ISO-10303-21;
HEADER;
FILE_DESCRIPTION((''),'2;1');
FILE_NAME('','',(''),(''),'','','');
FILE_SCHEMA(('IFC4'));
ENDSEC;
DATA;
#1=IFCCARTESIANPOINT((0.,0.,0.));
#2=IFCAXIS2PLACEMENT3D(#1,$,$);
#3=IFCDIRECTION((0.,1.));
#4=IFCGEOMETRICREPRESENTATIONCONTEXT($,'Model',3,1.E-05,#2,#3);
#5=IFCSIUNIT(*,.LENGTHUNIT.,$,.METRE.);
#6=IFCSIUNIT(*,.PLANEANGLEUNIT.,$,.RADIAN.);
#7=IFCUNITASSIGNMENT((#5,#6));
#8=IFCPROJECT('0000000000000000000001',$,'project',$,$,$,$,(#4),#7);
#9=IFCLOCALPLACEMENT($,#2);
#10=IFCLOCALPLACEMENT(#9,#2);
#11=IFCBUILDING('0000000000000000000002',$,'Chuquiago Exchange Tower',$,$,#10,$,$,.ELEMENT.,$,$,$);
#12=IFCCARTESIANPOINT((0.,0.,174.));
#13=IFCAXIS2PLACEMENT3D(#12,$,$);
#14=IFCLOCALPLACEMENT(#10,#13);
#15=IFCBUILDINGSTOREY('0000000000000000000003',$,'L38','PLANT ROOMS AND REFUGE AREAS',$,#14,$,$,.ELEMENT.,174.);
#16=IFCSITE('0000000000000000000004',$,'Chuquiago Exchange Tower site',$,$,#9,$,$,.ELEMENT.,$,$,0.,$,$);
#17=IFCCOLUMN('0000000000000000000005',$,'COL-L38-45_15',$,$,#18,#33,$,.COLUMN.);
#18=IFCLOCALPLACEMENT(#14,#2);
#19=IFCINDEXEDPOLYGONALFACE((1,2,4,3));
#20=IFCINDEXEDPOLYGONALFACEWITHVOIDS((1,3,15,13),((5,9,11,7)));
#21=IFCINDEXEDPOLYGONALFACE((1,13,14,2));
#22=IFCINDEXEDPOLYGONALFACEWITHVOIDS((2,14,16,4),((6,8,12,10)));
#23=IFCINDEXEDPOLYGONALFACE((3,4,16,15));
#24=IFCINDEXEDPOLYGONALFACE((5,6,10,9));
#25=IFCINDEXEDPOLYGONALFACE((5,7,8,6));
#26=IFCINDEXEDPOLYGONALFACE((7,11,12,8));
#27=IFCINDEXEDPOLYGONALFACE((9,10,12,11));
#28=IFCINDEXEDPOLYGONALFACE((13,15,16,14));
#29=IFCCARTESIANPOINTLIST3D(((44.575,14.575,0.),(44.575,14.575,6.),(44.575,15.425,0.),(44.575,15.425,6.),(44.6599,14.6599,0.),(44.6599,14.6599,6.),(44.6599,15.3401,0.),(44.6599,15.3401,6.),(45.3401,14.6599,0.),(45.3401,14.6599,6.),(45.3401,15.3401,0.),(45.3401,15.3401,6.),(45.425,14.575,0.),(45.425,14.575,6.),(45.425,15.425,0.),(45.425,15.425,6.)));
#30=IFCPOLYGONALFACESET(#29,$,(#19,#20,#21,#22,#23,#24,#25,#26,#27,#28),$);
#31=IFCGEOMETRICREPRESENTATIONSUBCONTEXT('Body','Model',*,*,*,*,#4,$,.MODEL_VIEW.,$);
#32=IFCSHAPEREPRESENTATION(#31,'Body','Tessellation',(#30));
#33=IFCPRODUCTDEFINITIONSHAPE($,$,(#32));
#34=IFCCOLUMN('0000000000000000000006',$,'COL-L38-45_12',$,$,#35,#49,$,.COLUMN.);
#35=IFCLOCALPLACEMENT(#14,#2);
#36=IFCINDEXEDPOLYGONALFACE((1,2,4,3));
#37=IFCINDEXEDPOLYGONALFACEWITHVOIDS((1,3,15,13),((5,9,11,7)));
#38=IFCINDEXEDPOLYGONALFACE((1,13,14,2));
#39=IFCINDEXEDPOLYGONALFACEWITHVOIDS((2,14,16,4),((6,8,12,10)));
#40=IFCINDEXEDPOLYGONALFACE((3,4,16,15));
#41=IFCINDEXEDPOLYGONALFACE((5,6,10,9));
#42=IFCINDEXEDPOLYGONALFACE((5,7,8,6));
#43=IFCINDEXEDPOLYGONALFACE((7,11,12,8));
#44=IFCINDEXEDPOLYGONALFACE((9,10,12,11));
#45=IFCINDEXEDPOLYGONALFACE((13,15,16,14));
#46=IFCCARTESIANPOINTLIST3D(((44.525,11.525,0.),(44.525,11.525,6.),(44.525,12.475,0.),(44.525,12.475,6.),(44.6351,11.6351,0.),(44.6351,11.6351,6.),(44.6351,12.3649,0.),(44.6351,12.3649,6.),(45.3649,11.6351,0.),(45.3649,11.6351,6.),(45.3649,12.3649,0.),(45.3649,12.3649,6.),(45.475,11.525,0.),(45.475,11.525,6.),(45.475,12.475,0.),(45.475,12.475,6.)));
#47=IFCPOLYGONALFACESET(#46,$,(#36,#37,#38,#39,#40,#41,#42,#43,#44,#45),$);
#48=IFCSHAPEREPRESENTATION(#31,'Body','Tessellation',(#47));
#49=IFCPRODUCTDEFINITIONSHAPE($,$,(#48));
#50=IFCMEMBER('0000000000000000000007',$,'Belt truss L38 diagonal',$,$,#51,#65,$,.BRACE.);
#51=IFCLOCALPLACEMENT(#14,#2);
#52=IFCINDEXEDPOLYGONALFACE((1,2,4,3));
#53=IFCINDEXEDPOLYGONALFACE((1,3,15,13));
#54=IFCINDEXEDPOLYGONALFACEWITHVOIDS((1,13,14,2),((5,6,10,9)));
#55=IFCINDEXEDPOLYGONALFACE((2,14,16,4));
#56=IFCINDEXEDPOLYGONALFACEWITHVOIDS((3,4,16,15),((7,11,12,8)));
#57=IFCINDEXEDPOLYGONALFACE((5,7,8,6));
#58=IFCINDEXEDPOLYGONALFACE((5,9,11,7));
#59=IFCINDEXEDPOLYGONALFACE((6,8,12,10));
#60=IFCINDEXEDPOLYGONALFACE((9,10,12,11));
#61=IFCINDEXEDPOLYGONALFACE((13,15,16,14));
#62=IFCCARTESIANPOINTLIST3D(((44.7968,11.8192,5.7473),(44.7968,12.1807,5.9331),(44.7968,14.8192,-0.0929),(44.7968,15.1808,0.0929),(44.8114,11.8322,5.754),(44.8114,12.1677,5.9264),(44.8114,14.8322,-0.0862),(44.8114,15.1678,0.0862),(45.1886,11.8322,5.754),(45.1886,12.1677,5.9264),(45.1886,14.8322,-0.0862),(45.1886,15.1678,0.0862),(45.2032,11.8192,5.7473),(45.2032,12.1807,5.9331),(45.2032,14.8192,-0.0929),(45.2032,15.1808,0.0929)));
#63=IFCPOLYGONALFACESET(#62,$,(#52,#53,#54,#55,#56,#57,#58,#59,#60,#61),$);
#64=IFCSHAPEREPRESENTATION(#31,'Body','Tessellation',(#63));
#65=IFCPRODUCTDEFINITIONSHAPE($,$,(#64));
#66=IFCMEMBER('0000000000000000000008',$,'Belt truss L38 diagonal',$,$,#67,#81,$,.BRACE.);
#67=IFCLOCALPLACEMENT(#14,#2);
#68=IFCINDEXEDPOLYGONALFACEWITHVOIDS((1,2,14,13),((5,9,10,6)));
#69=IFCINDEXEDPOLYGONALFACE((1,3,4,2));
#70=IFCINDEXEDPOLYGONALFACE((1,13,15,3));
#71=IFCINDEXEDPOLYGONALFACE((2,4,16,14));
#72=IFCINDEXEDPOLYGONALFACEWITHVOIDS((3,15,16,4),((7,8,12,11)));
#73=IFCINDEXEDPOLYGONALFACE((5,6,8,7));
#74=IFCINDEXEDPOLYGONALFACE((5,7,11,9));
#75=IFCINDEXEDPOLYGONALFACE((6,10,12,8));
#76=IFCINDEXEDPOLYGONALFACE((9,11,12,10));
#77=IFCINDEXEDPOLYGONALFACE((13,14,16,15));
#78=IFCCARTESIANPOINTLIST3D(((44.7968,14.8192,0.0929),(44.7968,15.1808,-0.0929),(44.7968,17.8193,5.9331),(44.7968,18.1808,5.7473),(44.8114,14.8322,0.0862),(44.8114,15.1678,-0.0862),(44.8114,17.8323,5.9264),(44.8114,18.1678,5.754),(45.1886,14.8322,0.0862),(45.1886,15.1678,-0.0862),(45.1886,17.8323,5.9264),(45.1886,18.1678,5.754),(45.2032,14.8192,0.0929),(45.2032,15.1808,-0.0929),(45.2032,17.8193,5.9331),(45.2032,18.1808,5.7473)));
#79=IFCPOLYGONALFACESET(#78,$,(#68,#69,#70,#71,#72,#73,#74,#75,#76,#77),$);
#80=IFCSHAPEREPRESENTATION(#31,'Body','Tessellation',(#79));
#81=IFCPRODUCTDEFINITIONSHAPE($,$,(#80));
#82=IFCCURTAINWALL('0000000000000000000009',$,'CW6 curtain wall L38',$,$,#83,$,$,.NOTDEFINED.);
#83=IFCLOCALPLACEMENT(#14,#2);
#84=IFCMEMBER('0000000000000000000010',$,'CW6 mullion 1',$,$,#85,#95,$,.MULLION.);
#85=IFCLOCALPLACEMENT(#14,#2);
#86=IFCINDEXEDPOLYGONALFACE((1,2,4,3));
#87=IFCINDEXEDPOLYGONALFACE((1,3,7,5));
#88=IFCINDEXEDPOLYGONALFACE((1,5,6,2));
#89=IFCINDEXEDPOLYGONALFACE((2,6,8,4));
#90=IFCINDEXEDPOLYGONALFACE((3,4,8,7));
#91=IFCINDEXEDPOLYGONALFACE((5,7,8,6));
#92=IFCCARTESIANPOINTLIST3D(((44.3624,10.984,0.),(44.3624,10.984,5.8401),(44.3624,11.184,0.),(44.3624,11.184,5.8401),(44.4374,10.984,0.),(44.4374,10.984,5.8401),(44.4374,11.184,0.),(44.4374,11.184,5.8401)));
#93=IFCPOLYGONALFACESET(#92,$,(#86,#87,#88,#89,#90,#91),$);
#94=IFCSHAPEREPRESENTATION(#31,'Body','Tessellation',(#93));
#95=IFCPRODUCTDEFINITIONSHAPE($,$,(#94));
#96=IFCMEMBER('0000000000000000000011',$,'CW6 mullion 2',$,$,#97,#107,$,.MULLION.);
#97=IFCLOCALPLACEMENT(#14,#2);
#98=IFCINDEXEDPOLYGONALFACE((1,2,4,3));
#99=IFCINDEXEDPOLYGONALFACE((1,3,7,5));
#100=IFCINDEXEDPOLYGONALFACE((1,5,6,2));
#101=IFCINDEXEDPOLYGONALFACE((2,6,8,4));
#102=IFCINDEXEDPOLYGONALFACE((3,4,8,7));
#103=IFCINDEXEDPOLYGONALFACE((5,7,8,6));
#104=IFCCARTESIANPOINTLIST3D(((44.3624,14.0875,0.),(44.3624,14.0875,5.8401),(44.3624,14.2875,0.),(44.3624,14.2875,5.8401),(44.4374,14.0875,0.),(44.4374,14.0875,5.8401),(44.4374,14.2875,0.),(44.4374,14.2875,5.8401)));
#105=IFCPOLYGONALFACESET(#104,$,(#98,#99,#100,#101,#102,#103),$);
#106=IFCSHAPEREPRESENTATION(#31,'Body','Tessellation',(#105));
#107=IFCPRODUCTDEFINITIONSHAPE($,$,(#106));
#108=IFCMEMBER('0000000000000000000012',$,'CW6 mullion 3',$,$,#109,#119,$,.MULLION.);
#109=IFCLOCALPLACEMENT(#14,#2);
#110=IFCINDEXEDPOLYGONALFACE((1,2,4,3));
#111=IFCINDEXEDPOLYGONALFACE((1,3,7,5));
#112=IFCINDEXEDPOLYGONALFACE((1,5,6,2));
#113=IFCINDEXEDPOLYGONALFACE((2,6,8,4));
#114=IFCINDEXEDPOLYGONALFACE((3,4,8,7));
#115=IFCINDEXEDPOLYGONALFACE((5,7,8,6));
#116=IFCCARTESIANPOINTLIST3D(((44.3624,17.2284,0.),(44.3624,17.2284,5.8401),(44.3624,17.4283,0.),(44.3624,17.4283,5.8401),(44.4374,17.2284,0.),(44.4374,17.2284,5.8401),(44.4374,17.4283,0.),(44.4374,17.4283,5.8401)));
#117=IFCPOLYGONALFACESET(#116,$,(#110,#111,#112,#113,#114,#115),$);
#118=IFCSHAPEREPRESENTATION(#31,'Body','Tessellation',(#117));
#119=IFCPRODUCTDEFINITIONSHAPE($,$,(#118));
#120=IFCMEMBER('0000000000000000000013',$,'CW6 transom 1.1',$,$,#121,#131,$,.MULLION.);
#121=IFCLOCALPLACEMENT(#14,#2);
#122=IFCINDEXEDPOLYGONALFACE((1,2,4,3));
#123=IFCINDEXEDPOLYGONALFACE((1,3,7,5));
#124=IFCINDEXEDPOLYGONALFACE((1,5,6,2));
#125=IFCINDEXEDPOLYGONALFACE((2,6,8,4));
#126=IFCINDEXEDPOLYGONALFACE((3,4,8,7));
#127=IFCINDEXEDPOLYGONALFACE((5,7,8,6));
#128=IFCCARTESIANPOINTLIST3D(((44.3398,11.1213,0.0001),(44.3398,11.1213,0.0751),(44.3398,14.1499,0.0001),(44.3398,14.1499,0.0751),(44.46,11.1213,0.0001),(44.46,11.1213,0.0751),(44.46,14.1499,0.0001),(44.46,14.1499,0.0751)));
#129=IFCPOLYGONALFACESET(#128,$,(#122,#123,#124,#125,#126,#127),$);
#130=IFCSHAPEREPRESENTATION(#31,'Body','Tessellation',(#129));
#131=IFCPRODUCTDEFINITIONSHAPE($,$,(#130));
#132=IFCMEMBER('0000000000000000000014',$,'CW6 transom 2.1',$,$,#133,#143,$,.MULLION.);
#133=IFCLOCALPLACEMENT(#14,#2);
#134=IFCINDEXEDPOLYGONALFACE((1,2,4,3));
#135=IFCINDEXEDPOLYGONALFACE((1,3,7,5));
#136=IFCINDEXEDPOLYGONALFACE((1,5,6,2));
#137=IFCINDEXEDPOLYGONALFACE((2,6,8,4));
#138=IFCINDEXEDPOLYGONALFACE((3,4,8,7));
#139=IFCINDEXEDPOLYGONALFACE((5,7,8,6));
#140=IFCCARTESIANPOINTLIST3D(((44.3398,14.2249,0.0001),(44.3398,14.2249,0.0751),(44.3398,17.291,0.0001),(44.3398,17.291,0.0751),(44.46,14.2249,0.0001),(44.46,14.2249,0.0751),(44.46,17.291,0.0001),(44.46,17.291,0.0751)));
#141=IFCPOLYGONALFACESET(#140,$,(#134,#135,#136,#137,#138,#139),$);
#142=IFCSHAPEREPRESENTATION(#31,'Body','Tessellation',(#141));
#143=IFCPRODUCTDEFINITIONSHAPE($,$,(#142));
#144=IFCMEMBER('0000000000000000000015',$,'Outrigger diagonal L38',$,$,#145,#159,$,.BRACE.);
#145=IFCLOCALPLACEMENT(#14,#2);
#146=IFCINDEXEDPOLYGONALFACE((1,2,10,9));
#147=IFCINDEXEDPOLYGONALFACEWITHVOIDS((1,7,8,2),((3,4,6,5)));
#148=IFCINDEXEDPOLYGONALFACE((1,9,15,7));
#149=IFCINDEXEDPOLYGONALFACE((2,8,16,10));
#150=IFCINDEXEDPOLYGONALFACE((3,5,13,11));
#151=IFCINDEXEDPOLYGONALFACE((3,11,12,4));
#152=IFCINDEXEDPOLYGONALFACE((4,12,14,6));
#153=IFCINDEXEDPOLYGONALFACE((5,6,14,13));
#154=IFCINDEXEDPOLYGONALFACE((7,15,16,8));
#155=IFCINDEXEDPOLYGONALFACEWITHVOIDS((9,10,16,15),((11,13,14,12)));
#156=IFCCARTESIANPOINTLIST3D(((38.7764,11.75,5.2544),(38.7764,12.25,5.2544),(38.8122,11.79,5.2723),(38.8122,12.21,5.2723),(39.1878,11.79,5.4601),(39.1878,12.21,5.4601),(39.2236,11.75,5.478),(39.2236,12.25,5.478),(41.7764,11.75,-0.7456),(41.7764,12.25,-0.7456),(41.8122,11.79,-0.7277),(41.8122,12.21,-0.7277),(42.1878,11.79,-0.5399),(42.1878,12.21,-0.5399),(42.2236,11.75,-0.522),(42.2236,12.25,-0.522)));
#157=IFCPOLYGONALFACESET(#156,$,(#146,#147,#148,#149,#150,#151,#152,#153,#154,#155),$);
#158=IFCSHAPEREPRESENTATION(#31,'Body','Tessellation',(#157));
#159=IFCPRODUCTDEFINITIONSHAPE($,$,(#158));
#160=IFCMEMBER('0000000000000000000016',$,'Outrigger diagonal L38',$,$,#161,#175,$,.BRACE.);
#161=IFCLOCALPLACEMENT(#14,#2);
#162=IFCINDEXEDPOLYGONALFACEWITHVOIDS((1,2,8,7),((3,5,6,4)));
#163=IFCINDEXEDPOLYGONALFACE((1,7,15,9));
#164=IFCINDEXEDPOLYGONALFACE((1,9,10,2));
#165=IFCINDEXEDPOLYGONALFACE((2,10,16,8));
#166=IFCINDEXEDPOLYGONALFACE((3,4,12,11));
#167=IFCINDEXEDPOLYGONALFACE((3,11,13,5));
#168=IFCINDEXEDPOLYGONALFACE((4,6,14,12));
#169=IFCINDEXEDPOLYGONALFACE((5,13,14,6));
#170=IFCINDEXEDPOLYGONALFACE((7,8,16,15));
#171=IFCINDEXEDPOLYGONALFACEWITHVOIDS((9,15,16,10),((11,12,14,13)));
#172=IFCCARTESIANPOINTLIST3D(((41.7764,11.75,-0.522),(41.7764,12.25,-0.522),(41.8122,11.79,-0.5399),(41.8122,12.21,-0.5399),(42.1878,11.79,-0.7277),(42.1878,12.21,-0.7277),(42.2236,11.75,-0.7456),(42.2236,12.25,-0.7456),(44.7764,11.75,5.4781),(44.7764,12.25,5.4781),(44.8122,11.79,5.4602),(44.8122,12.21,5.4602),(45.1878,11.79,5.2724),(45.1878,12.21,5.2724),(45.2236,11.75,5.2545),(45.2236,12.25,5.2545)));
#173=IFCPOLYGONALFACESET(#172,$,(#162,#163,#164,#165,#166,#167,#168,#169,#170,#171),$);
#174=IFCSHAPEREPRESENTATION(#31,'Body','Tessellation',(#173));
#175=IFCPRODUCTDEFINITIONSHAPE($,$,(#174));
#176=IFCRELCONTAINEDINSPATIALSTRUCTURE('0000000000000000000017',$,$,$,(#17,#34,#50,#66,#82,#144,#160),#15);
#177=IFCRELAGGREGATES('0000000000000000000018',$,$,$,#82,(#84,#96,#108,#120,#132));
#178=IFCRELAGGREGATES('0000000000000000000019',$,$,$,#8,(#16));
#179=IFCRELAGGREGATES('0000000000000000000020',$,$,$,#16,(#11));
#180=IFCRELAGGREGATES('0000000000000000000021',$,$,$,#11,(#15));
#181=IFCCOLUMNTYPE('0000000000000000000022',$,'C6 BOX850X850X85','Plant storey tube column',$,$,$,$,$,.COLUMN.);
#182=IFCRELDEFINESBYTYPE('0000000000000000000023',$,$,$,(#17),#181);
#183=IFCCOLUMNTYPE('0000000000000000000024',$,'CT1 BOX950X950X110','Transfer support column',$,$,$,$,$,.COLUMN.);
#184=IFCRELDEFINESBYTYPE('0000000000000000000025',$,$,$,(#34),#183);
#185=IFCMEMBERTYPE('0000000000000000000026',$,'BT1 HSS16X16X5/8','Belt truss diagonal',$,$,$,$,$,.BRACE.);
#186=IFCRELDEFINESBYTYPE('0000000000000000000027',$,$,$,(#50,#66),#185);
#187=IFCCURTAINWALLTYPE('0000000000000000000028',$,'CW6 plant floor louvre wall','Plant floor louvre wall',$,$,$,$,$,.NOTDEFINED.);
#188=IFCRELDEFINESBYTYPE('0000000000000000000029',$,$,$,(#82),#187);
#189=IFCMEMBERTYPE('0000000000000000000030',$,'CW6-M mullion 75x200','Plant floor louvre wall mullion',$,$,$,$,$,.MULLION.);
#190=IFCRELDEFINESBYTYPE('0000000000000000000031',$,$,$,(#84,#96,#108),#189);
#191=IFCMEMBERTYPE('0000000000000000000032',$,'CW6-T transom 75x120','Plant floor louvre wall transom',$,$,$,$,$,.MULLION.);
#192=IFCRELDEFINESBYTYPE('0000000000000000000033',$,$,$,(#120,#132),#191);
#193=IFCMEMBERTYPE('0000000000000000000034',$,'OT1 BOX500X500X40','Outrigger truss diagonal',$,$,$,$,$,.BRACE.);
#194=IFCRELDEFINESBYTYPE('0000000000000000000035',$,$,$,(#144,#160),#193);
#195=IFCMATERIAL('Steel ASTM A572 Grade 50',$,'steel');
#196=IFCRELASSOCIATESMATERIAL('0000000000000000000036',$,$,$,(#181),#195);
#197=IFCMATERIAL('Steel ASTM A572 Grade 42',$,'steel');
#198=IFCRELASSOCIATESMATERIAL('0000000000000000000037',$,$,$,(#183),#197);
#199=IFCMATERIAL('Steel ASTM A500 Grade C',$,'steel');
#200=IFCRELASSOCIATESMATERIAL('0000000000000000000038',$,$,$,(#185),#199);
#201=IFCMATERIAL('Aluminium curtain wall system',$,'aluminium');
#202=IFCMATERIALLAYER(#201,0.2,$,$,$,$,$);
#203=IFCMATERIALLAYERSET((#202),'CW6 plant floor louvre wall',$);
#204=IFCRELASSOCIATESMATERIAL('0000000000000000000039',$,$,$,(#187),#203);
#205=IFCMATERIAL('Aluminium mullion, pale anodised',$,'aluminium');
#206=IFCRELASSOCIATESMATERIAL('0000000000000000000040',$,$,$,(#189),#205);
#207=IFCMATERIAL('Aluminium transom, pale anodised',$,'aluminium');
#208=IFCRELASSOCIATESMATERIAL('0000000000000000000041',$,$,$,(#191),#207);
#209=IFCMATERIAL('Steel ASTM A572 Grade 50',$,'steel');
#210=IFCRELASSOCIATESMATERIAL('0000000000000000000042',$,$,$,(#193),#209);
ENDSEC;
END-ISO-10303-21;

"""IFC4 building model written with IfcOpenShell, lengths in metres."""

from ifc_helpers import new_model, si_unit, direction, frame, origin, origin_2d, place, context, subcontext, project, spatial, rectangle, hollow_rectangle, extrude, material, layer, layer_set, material_profile, profile_set, type_object, element, aggregate, save


model = new_model("IFC4")

# Units and contexts
model_context = context("Model", 3, precision=1e-05, world=origin(), true_north=direction((0.0, 1.0)))
body_context = subcontext(model_context, "Body", "Model", "MODEL_VIEW")
ifc_project = project(units=[si_unit("LENGTHUNIT", "METRE"), si_unit("PLANEANGLEUNIT", "RADIAN")], contexts=[model_context])

# Site, building, storey
site_placement = place(None, origin())
site = spatial("IfcSite", under=ifc_project, at=site_placement, Name="Chuquiago Exchange Tower site", CompositionType="ELEMENT", RefElevation=0.0)
building_placement = place(site_placement, origin())
building = spatial("IfcBuilding", under=site, at=building_placement, Name="Chuquiago Exchange Tower", CompositionType="ELEMENT")
storey_placement = place(building_placement, frame((0.0, 0.0, 174.0)))
storey = spatial("IfcBuildingStorey", under=building, at=storey_placement, Name="L38", Description="PLANT ROOMS AND REFUGE AREAS", CompositionType="ELEMENT", Elevation=174.0)

# Columns
ifc_material_1 = material(Name="Steel ASTM A572 Grade 50", Category="steel")
ifc_material_profile_1 = material_profile(ifc_material_1, hollow_rectangle(XDim=0.8501, YDim=0.8501, WallThickness=0.085, at=origin_2d()), Name="BOX850X850X85")
ifc_profile_set_1 = profile_set([ifc_material_profile_1], Name="Steel ASTM A572 Grade 50")
column_type_1 = type_object("IfcColumnType", Name="C6 BOX850X850X85", Description="Plant storey tube column", PredefinedType="COLUMN", material=ifc_profile_set_1)
column_1_placement = place(storey_placement, frame((45.0, 15.0, 0.0), z_axis=(0.0, 0.0, 1.0), x_axis=(1.0, 0.0, 0.0)))
element("IfcColumn", 1, at=column_1_placement, inside=storey, type_object=column_type_1, Name="COL-L38-45_15", PredefinedType="COLUMN", context=body_context, shape_type="SweptSolid", body=[
    extrude(hollow_rectangle(XDim=0.8501, YDim=0.8501, WallThickness=0.085, at=origin_2d()), origin(), (0.0, 0.0, 1.0), 6.0),
])
ifc_material_2 = material(Name="Steel ASTM A572 Grade 42", Category="steel")
ifc_material_profile_2 = material_profile(ifc_material_2, hollow_rectangle(XDim=0.95, YDim=0.95, WallThickness=0.1101, at=origin_2d()), Name="BOX950X950X110")
ifc_profile_set_2 = profile_set([ifc_material_profile_2], Name="Steel ASTM A572 Grade 42")
column_type_2 = type_object("IfcColumnType", Name="CT1 BOX950X950X110", Description="Transfer support column", PredefinedType="COLUMN", material=ifc_profile_set_2)
column_2_placement = place(storey_placement, frame((45.0, 12.0, 0.0), z_axis=(0.0, 0.0, 1.0), x_axis=(1.0, 0.0, 0.0)))
element("IfcColumn", 2, at=column_2_placement, inside=storey, type_object=column_type_2, Name="COL-L38-45_12", PredefinedType="COLUMN", context=body_context, shape_type="SweptSolid", body=[
    extrude(hollow_rectangle(XDim=0.95, YDim=0.95, WallThickness=0.1101, at=origin_2d()), origin(), (0.0, 0.0, 1.0), 6.0),
])

# Members
ifc_material_3 = material(Name="Steel ASTM A500 Grade C", Category="steel")
ifc_material_profile_3 = material_profile(ifc_material_3, hollow_rectangle(XDim=0.4065, YDim=0.4065, WallThickness=0.0146, at=origin_2d()), Name="HSS16X16X5/8")
ifc_profile_set_3 = profile_set([ifc_material_profile_3], Name="Steel ASTM A500 Grade C")
member_type_1 = type_object("IfcMemberType", Name="BT1 HSS16X16X5/8", Description="Belt truss diagonal", PredefinedType="BRACE", material=ifc_profile_set_3)
for number, where, z_axis, x_axis, name in (
    (3, (45.0, 15.0, 0.0), (0.0, -0.45693, 0.889503), (1.0, 0.0, 0.0), "Belt truss L38 diagonal"),
    (4, (45.0, 15.0, 0.0), (0.0, 0.45693, 0.889503), (-1.0, 0.0, 0.0), "Belt truss L38 diagonal"),
):
    element("IfcMember", number, at=place(storey_placement, frame(where, z_axis=z_axis, x_axis=x_axis)), inside=storey, type_object=member_type_1, Name=name, PredefinedType="BRACE", context=body_context, shape_type="SweptSolid", body=[
        extrude(hollow_rectangle(XDim=0.4065, YDim=0.4065, WallThickness=0.0146, at=origin_2d()), origin(), (0.0, 0.0, 1.0), 6.5657),
    ])

# Curtain wall, members
ifc_material_4 = material(Name="Aluminium curtain wall system", Category="aluminium")
ifc_layer_1 = layer(ifc_material_4, 0.2)
ifc_layer_set_1 = layer_set([ifc_layer_1], Name="CW6 plant floor louvre wall")
curtain_wall_type = type_object("IfcCurtainWallType", Name="CW6 plant floor louvre wall", Description="Plant floor louvre wall", PredefinedType="NOTDEFINED", material=ifc_layer_set_1)
curtain_wall_placement = place(storey_placement, origin())
curtain_wall = element("IfcCurtainWall", 5, at=curtain_wall_placement, inside=storey, type_object=curtain_wall_type, Name="CW6 curtain wall L38", PredefinedType="NOTDEFINED")
ifc_material_5 = material(Name="Aluminium mullion, pale anodised", Category="aluminium")
ifc_material_profile_4 = material_profile(ifc_material_5, rectangle(XDim=0.075, YDim=0.2, at=origin_2d()), Name="AL 75x200")
ifc_profile_set_4 = profile_set([ifc_material_profile_4], Name="Aluminium mullion, pale anodised")
member_type_2 = type_object("IfcMemberType", Name="CW6-M mullion 75x200", Description="Plant floor louvre wall mullion", PredefinedType="MULLION", material=ifc_profile_set_4)
member_1_placement = place(storey_placement, frame((44.3999, 11.084, 0.0), z_axis=(0.0, 0.0, 1.0), x_axis=(-1.0, 0.0, 0.0)))
member_1 = element("IfcMember", 6, at=member_1_placement, type_object=member_type_2, Name="CW6 mullion 1", PredefinedType="MULLION", context=body_context, shape_type="SweptSolid", body=[
    extrude(rectangle(XDim=0.075, YDim=0.2, at=origin_2d()), origin(), (0.0, 0.0, 1.0), 5.8401),
])
member_2_placement = place(storey_placement, frame((44.3999, 14.1875, 0.0), z_axis=(0.0, 0.0, 1.0), x_axis=(-1.0, 0.0, 0.0)))
member_2 = element("IfcMember", 7, at=member_2_placement, type_object=member_type_2, Name="CW6 mullion 2", PredefinedType="MULLION", context=body_context, shape_type="SweptSolid", body=[
    extrude(rectangle(XDim=0.075, YDim=0.2, at=origin_2d()), origin(), (0.0, 0.0, 1.0), 5.8401),
])
member_3_placement = place(storey_placement, frame((44.3999, 17.3284, 0.0), z_axis=(0.0, 0.0, 1.0), x_axis=(-1.0, 0.0, 0.0)))
member_3 = element("IfcMember", 8, at=member_3_placement, type_object=member_type_2, Name="CW6 mullion 3", PredefinedType="MULLION", context=body_context, shape_type="SweptSolid", body=[
    extrude(rectangle(XDim=0.075, YDim=0.2, at=origin_2d()), origin(), (0.0, 0.0, 1.0), 5.8401),
])
ifc_material_6 = material(Name="Aluminium transom, pale anodised", Category="aluminium")
ifc_material_profile_5 = material_profile(ifc_material_6, rectangle(XDim=0.1201, YDim=0.075, at=origin_2d()), Name="AL 120x75")
ifc_profile_set_5 = profile_set([ifc_material_profile_5], Name="Aluminium transom, pale anodised")
member_type_3 = type_object("IfcMemberType", Name="CW6-T transom 75x120", Description="Plant floor louvre wall transom", PredefinedType="MULLION", material=ifc_profile_set_5)
member_4_placement = place(storey_placement, frame((44.3999, 11.1213, 0.0376), z_axis=(0.0, 1.0, 0.0), x_axis=(-1.0, 0.0, 0.0)))
member_4 = element("IfcMember", 9, at=member_4_placement, type_object=member_type_3, Name="CW6 transom 1.1", PredefinedType="MULLION", context=body_context, shape_type="SweptSolid", body=[
    extrude(rectangle(XDim=0.1201, YDim=0.075, at=origin_2d()), origin(), (0.0, 0.0, 1.0), 3.0286),
])
member_5_placement = place(storey_placement, frame((44.3999, 14.2249, 0.0376), z_axis=(0.0, 1.0, 0.0), x_axis=(-1.0, 0.0, 0.0)))
member_5 = element("IfcMember", 10, at=member_5_placement, type_object=member_type_3, Name="CW6 transom 2.1", PredefinedType="MULLION", context=body_context, shape_type="SweptSolid", body=[
    extrude(rectangle(XDim=0.1201, YDim=0.075, at=origin_2d()), origin(), (0.0, 0.0, 1.0), 3.0662),
])

# Members
ifc_material_7 = material(Name="Steel ASTM A572 Grade 50", Category="steel")
ifc_material_profile_6 = material_profile(ifc_material_7, hollow_rectangle(XDim=0.5, YDim=0.5, WallThickness=0.04, at=origin_2d()), Name="BOX500X500X40")
ifc_profile_set_6 = profile_set([ifc_material_profile_6], Name="Steel ASTM A572 Grade 50")
member_type_4 = type_object("IfcMemberType", Name="OT1 BOX500X500X40", Description="Outrigger truss diagonal", PredefinedType="BRACE", material=ifc_profile_set_6)
for number, where, z_axis, x_axis, name in (
    (11, (39.0, 12.0, 5.3662), (0.447214, 0.0, -0.894427), (0.0, 1.0, 0.0), "Outrigger diagonal L38"),
    (12, (42.0, 12.0, -0.6338), (0.447214, 0.0, 0.894427), (0.0, 1.0, 0.0), "Outrigger diagonal L38"),
):
    element("IfcMember", number, at=place(storey_placement, frame(where, z_axis=z_axis, x_axis=x_axis)), inside=storey, type_object=member_type_4, Name=name, PredefinedType="BRACE", context=body_context, shape_type="SweptSolid", body=[
        extrude(hollow_rectangle(XDim=0.5, YDim=0.5, WallThickness=0.04, at=origin_2d()), origin(), (0.0, 0.0, 1.0), 6.7083),
    ])

aggregate(curtain_wall, [member_1, member_2, member_3, member_4, member_5])

save(model, "model.ifc")
